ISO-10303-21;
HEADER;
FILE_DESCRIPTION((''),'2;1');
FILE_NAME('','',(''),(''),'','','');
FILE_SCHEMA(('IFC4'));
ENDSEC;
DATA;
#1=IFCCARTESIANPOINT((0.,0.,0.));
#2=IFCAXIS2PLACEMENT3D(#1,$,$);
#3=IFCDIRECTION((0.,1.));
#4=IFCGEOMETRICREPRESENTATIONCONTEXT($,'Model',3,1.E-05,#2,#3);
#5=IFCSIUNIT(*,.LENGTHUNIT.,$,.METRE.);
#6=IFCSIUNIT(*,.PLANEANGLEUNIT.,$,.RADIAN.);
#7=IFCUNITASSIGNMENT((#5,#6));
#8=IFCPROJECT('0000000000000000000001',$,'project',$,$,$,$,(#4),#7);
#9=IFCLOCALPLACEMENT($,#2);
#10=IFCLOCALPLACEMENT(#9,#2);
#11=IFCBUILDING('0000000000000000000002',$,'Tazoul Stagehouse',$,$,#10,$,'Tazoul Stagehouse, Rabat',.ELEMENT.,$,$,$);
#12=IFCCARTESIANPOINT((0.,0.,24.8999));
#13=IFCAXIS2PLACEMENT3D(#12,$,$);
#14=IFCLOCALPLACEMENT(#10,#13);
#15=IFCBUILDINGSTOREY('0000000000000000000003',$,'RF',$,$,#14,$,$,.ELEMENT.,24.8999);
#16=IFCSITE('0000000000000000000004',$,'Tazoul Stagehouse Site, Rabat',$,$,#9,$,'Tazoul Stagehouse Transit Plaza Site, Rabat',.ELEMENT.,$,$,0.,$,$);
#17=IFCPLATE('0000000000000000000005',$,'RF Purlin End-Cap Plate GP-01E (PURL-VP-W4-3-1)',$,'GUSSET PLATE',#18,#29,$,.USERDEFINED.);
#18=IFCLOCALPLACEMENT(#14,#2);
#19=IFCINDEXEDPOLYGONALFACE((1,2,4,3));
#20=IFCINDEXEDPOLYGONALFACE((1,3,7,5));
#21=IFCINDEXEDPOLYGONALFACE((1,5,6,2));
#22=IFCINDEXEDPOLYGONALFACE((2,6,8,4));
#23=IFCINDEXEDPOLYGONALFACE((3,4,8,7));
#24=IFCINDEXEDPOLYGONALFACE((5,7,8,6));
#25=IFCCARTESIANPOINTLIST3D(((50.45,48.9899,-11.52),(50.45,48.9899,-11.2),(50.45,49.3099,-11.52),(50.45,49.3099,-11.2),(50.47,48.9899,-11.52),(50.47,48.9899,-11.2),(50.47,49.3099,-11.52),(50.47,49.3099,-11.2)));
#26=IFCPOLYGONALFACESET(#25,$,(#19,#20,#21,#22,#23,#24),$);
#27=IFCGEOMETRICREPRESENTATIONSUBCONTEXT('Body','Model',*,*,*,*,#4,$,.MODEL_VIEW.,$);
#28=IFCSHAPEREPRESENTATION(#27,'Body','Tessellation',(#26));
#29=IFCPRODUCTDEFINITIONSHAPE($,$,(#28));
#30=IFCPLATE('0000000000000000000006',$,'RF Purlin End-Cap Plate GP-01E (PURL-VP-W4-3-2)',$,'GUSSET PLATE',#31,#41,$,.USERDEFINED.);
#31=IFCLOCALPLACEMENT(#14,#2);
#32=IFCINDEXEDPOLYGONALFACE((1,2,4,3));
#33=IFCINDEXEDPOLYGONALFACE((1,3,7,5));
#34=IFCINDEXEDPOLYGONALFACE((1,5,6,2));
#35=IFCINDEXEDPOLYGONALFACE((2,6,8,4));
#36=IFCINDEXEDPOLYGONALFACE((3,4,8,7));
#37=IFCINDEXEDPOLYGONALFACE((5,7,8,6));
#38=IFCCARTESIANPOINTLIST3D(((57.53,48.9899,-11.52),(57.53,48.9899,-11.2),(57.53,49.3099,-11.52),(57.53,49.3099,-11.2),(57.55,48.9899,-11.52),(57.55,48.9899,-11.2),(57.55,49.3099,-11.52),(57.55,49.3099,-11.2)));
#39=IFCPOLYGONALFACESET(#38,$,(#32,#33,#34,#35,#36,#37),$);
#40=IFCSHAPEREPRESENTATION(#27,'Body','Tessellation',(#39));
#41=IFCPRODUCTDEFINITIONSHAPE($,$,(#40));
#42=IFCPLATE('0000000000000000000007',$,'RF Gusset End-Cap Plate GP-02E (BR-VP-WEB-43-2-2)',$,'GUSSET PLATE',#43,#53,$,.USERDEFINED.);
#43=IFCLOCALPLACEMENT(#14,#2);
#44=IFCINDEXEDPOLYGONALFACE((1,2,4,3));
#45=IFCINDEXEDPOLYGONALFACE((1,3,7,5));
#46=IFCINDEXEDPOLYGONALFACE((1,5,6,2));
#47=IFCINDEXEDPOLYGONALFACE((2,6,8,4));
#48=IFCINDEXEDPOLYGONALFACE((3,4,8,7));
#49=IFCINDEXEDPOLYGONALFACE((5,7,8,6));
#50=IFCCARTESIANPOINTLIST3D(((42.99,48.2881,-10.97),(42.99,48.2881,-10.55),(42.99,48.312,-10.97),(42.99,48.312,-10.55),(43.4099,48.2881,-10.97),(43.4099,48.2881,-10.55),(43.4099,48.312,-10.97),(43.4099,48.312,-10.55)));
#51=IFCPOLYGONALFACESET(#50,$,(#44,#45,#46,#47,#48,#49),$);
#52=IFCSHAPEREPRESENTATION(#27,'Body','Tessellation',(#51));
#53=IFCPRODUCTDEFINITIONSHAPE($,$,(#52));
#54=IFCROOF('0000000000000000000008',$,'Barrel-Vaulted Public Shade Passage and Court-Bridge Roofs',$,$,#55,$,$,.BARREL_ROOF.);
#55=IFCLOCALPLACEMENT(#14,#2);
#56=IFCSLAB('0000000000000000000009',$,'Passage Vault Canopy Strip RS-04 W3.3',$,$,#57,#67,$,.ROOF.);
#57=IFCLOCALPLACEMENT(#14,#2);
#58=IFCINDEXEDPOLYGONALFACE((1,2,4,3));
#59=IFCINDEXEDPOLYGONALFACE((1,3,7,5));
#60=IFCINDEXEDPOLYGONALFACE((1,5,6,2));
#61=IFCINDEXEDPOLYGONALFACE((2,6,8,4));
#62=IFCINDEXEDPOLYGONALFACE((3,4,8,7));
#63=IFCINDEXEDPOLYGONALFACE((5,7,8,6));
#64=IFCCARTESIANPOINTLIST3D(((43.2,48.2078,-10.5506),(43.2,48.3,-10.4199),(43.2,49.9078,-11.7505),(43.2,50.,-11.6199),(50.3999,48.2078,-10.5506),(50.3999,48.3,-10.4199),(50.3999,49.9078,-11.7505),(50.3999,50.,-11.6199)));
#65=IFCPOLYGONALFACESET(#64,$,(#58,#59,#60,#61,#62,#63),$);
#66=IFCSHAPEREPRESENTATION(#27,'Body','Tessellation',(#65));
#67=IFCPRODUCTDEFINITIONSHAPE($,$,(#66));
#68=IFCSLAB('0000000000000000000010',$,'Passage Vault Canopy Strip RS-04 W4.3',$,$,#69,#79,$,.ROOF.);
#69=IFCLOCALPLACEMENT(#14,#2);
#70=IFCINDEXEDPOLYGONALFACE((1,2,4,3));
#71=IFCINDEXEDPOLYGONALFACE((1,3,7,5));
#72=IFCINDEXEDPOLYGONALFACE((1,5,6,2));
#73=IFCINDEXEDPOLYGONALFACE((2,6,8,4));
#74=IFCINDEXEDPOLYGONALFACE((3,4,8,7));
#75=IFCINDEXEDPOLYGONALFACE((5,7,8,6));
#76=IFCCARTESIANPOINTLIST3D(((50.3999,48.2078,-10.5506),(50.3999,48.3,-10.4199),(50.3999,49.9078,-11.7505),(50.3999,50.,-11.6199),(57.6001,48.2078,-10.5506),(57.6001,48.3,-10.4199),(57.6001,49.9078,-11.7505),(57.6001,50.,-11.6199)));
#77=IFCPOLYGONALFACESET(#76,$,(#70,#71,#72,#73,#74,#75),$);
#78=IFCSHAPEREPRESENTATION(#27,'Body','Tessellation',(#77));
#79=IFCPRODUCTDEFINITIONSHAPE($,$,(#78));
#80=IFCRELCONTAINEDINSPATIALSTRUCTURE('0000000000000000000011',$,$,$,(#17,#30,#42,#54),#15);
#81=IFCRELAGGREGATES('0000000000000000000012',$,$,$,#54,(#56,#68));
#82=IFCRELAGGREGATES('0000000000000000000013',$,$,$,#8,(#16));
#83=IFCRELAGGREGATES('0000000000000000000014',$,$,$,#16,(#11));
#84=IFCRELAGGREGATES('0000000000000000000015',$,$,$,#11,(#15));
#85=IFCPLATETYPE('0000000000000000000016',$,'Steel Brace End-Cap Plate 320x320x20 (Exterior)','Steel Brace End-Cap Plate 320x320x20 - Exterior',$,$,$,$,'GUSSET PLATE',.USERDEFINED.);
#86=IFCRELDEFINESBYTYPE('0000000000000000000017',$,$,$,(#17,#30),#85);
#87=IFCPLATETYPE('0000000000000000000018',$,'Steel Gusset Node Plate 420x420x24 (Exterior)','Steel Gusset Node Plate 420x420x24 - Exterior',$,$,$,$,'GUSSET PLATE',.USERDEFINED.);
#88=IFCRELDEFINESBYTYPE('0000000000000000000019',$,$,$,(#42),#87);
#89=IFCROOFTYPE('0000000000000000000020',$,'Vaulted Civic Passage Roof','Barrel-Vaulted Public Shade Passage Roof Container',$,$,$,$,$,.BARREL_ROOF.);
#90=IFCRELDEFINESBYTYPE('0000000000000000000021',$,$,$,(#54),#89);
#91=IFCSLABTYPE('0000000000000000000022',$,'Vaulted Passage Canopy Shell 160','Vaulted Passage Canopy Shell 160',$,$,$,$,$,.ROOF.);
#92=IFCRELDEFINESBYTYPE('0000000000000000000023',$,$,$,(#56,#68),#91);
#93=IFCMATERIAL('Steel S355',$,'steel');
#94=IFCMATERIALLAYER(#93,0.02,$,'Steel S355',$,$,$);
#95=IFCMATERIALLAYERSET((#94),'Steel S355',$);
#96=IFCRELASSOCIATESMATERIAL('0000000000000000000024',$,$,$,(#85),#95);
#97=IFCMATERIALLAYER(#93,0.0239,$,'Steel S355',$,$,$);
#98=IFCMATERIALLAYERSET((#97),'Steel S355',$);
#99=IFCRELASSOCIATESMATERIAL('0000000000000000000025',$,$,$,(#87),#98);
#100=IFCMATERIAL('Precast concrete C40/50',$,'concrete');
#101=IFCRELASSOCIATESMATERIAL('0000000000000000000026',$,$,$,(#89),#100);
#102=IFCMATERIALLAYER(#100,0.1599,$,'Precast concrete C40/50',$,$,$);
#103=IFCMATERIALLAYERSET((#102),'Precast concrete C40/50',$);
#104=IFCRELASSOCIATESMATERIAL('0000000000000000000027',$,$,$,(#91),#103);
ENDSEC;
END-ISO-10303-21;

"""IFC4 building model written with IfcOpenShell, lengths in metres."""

from ifc_helpers import new_model, si_unit, direction, frame, origin, origin_2d, place, context, subcontext, project, spatial, polyline, rectangle, outline, extrude, material, layer, layer_set, type_object, element, aggregate, save


model = new_model("IFC4")

# Units and contexts
model_context = context("Model", 3, precision=1e-05, world=origin(), true_north=direction((0.0, 1.0)))
body_context = subcontext(model_context, "Body", "Model", "MODEL_VIEW")
ifc_project = project(units=[si_unit("LENGTHUNIT", "METRE"), si_unit("PLANEANGLEUNIT", "RADIAN")], contexts=[model_context])

# Site, building, storey
site_placement = place(None, origin())
site = spatial("IfcSite", under=ifc_project, at=site_placement, Name="Tazoul Stagehouse Site, Rabat", LongName="Tazoul Stagehouse Transit Plaza Site, Rabat", CompositionType="ELEMENT", RefElevation=0.0)
building_placement = place(site_placement, origin())
building = spatial("IfcBuilding", under=site, at=building_placement, Name="Tazoul Stagehouse", LongName="Tazoul Stagehouse, Rabat", CompositionType="ELEMENT")
storey_placement = place(building_placement, frame((0.0, 0.0, 24.8999)))
storey = spatial("IfcBuildingStorey", under=building, at=storey_placement, Name="RF", CompositionType="ELEMENT", Elevation=24.8999)

# Shared definitions
ifc_material_1 = material(Name="Steel S355", Category="steel")

# Plates
ifc_layer_1 = layer(ifc_material_1, 0.02, Name="Steel S355")
ifc_layer_set_1 = layer_set([ifc_layer_1], Name="Steel S355")
plate_type_1 = type_object("IfcPlateType", Name="Steel Brace End-Cap Plate 320x320x20 (Exterior)", Description="Steel Brace End-Cap Plate 320x320x20 - Exterior", ElementType="GUSSET PLATE", PredefinedType="USERDEFINED", material=ifc_layer_set_1)
for number, where, z_axis, x_axis, name in (
    (1, (50.46, 49.1499, -11.52), (0.0, 0.0, 1.0), (1.0, 0.0, 0.0), "RF Purlin End-Cap Plate GP-01E (PURL-VP-W4-3-1)"),
    (2, (57.54, 49.1499, -11.52), (0.0, 0.0, 1.0), (1.0, 0.0, 0.0), "RF Purlin End-Cap Plate GP-01E (PURL-VP-W4-3-2)"),
):
    element("IfcPlate", number, at=place(storey_placement, frame(where, z_axis=z_axis, x_axis=x_axis)), inside=storey, type_object=plate_type_1, Name=name, ObjectType="GUSSET PLATE", PredefinedType="USERDEFINED", context=body_context, shape_type="SweptSolid", body=[
        extrude(rectangle(XDim=0.02, YDim=0.3201, at=origin_2d()), origin(), (0.0, 0.0, 1.0), 0.3201),
    ])
ifc_layer_2 = layer(ifc_material_1, 0.0239, Name="Steel S355")
ifc_layer_set_2 = layer_set([ifc_layer_2], Name="Steel S355")
plate_type_2 = type_object("IfcPlateType", Name="Steel Gusset Node Plate 420x420x24 (Exterior)", Description="Steel Gusset Node Plate 420x420x24 - Exterior", ElementType="GUSSET PLATE", PredefinedType="USERDEFINED", material=ifc_layer_set_2)
plate_placement = place(storey_placement, frame((43.2, 48.3, -10.97), z_axis=(0.0, 0.0, 1.0), x_axis=(0.0, 1.0, 0.0)))
element("IfcPlate", 3, at=plate_placement, inside=storey, type_object=plate_type_2, Name="RF Gusset End-Cap Plate GP-02E (BR-VP-WEB-43-2-2)", ObjectType="GUSSET PLATE", PredefinedType="USERDEFINED", context=body_context, shape_type="SweptSolid", body=[
    extrude(rectangle(XDim=0.0239, YDim=0.4199, at=origin_2d()), origin(), (0.0, 0.0, 1.0), 0.4199),
])

# Roof, slabs
ifc_material_2 = material(Name="Precast concrete C40/50", Category="concrete")
roof_type_1 = type_object("IfcRoofType", Name="Vaulted Civic Passage Roof", Description="Barrel-Vaulted Public Shade Passage Roof Container", PredefinedType="BARREL_ROOF", material=ifc_material_2)
roof_1_placement = place(storey_placement, origin())
roof_1 = element("IfcRoof", 4, at=roof_1_placement, inside=storey, type_object=roof_type_1, Name="Barrel-Vaulted Public Shade Passage and Court-Bridge Roofs", PredefinedType="BARREL_ROOF")
ifc_layer_3 = layer(ifc_material_2, 0.1599, Name="Precast concrete C40/50")
ifc_layer_set_3 = layer_set([ifc_layer_3], Name="Precast concrete C40/50")
slab_type_1 = type_object("IfcSlabType", Name="Vaulted Passage Canopy Shell 160", Description="Vaulted Passage Canopy Shell 160", PredefinedType="ROOF", material=ifc_layer_set_3)
slab_1_placement = place(storey_placement, frame((43.2, 48.3, -10.4199), z_axis=(0.0, 0.576679, 0.816971), x_axis=(1.0, 0.0, 0.0)))
slab_1 = element("IfcSlab", 5, at=slab_1_placement, type_object=slab_type_1, Name="Passage Vault Canopy Strip RS-04 W3.3", PredefinedType="ROOF", context=body_context, shape_type="SweptSolid", body=[
    extrude(outline(polyline([(0.0, 0.0), (7.2, 0.0), (7.2, 2.0808), (0.0, 2.0808), (0.0, 0.0)])), origin(), (0.0, 0.0, -1.0), 0.1599),
])
slab_2_placement = place(storey_placement, frame((50.3999, 48.3, -10.4199), z_axis=(0.0, 0.576679, 0.816971), x_axis=(1.0, 0.0, 0.0)))
slab_2 = element("IfcSlab", 6, at=slab_2_placement, type_object=slab_type_1, Name="Passage Vault Canopy Strip RS-04 W4.3", PredefinedType="ROOF", context=body_context, shape_type="SweptSolid", body=[
    extrude(outline(polyline([(0.0, 0.0), (7.2002, 0.0), (7.2002, 2.0808), (0.0, 2.0808), (0.0, 0.0)])), origin(), (0.0, 0.0, -1.0), 0.1599),
])
aggregate(roof_1, [slab_1, slab_2])

save(model, "model.ifc")
